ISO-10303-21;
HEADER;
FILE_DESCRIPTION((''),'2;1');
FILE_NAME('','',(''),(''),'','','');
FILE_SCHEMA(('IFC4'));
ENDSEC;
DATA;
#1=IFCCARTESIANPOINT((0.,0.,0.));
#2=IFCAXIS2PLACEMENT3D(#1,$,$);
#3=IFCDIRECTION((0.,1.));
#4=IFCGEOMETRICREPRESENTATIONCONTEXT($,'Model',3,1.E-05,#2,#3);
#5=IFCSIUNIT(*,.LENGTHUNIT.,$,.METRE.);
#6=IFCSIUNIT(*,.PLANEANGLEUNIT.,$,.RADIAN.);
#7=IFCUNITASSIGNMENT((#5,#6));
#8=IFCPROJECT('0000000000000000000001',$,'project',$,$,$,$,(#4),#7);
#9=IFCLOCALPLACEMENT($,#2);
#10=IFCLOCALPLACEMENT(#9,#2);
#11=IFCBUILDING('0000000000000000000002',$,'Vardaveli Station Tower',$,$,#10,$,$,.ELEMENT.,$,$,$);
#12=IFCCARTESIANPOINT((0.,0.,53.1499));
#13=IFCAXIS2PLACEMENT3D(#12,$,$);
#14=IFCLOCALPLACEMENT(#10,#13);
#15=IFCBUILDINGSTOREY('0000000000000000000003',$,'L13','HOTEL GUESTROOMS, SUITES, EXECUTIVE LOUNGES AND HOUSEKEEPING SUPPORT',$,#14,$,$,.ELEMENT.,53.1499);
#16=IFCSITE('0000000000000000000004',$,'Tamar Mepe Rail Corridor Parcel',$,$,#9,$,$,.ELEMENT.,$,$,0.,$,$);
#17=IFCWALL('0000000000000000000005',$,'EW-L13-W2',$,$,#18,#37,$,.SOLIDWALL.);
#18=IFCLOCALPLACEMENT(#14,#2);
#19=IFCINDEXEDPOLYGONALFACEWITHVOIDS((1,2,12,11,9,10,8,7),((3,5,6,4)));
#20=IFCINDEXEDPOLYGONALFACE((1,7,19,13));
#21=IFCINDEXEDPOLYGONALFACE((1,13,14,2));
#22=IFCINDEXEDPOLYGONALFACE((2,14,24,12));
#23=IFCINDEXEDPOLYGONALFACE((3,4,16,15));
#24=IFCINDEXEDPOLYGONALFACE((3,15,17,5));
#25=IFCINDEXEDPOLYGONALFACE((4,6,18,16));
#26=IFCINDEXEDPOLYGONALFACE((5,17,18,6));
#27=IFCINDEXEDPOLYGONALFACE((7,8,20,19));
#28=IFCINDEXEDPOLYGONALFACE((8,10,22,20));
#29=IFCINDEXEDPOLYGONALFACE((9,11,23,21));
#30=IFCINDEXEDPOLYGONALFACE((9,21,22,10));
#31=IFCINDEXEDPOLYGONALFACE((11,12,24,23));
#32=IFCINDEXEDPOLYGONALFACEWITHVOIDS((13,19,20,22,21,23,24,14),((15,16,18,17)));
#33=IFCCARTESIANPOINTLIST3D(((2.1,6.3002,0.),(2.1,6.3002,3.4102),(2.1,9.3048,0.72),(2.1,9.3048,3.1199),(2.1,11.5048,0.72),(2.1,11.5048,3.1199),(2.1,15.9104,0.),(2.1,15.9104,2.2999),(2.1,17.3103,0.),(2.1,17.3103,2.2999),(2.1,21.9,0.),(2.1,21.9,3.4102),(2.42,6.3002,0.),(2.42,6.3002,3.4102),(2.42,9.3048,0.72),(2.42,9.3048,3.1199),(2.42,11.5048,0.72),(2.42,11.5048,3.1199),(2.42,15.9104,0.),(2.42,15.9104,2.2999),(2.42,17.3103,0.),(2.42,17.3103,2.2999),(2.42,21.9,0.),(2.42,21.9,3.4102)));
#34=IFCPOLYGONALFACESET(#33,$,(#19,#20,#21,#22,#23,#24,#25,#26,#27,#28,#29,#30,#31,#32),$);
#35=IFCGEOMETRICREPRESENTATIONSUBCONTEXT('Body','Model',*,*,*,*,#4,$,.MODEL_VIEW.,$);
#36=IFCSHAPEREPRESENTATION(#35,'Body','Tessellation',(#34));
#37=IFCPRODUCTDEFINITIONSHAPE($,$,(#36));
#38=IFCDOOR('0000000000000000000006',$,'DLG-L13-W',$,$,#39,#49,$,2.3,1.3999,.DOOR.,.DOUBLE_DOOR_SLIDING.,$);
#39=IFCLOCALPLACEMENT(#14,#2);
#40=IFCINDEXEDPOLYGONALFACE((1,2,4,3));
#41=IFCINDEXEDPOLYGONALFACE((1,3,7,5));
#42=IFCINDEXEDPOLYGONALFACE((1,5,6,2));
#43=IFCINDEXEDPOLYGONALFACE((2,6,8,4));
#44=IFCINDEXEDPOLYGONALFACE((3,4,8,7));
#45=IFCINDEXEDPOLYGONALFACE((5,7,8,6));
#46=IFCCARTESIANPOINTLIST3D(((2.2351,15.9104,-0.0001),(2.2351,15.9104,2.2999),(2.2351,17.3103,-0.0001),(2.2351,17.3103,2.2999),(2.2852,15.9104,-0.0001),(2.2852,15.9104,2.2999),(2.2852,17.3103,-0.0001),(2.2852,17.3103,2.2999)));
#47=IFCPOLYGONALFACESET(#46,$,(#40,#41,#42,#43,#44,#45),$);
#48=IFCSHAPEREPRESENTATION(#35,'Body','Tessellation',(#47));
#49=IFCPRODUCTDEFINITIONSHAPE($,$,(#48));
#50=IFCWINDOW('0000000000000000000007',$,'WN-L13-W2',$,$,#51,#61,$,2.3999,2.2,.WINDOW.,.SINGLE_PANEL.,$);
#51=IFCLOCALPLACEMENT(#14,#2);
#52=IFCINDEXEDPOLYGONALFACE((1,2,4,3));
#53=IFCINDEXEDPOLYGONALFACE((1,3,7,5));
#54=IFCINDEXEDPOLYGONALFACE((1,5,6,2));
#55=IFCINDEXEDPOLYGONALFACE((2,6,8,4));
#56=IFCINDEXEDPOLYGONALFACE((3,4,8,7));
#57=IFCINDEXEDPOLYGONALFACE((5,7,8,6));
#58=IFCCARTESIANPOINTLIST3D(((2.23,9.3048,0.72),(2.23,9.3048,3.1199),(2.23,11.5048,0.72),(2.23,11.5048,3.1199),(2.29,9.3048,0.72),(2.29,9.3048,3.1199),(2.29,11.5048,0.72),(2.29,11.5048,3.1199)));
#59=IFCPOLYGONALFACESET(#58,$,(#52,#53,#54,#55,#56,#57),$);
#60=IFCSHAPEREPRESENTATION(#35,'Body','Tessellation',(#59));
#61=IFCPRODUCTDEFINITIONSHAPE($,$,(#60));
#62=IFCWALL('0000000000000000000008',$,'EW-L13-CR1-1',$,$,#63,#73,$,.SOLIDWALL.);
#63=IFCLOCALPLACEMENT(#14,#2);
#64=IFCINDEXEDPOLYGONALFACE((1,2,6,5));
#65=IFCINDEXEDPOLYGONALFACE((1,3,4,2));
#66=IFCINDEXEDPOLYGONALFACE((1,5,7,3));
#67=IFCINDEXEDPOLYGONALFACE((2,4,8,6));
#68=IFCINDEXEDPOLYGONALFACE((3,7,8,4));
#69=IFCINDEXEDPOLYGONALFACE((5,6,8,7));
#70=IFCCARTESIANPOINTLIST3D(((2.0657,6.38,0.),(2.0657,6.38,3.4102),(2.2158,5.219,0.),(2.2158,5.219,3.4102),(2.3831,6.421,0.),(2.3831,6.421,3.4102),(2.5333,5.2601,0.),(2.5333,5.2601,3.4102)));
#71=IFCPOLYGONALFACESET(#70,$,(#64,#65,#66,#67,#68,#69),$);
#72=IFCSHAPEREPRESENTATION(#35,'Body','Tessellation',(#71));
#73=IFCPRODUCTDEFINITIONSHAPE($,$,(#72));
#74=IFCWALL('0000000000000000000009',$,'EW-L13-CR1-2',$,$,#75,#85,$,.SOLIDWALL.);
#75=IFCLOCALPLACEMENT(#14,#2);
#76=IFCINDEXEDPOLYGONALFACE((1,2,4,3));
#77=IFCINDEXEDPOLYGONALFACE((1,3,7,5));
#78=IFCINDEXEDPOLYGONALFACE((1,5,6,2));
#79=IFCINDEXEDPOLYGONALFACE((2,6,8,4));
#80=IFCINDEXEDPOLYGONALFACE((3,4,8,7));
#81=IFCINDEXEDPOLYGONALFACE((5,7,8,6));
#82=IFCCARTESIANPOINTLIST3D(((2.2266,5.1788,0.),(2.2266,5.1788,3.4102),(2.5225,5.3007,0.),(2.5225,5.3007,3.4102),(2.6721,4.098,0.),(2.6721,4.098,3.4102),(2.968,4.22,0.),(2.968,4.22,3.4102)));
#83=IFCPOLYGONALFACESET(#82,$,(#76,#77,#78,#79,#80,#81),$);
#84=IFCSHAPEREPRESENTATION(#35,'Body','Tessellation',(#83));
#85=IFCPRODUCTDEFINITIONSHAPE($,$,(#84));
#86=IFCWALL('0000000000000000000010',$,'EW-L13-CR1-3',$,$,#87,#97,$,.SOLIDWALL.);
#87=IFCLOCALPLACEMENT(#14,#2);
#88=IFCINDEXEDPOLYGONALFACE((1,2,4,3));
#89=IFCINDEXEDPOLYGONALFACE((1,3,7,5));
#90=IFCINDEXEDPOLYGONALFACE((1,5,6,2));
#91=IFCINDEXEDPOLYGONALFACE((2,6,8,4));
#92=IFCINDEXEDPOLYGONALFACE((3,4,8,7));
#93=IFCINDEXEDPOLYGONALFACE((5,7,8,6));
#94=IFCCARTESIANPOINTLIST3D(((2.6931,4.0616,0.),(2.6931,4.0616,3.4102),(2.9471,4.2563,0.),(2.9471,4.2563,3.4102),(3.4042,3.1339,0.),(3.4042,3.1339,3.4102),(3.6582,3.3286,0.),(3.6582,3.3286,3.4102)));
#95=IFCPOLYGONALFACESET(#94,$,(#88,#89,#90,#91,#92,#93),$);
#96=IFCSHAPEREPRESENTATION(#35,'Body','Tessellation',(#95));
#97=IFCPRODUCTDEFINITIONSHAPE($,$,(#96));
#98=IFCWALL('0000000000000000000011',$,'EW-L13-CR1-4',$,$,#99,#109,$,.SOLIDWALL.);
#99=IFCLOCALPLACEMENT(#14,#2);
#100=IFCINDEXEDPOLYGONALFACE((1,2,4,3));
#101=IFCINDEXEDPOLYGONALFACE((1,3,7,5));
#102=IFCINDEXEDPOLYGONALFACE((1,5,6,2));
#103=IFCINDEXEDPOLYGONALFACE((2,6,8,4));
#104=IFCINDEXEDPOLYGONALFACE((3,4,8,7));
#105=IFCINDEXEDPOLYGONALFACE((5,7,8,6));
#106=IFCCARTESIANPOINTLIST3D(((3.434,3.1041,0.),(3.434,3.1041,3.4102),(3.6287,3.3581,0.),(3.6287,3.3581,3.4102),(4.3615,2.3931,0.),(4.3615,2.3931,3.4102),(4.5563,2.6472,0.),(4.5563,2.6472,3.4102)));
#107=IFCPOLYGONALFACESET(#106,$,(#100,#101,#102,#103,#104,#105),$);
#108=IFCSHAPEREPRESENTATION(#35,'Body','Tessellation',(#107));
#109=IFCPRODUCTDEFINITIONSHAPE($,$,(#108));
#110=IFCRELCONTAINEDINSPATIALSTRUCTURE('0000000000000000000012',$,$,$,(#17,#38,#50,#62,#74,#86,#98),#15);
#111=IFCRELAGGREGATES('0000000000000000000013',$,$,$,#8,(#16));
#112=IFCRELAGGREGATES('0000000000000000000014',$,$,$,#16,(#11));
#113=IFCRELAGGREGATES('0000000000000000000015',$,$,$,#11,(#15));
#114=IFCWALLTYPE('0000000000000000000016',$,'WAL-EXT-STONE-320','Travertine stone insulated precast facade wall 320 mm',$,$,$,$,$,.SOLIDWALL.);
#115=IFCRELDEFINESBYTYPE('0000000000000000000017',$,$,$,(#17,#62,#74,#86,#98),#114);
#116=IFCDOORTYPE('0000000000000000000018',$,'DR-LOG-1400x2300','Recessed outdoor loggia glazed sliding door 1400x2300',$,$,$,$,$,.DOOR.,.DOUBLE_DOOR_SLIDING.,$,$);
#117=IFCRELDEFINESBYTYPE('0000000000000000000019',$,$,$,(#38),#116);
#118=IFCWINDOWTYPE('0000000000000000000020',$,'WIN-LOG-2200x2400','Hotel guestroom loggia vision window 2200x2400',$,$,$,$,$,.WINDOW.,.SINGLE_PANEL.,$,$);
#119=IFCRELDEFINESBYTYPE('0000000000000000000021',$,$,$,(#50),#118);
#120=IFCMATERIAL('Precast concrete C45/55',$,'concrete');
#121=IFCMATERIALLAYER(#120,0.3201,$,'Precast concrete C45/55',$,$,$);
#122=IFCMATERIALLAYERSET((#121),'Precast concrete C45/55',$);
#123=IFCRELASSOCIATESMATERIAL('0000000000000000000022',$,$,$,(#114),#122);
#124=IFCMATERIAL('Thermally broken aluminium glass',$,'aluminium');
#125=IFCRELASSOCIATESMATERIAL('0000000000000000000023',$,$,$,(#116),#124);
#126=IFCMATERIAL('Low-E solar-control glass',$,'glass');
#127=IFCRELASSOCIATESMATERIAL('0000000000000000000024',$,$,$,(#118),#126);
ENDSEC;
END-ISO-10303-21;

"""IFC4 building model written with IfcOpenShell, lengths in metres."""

from ifc_helpers import new_model, si_unit, direction, frame, frame_2d, origin, place, context, subcontext, project, spatial, rectangle, extrude, source, transform, mapped, material, layer, layer_set, type_object, element, fill, save


model = new_model("IFC4")

# Units and contexts
model_context = context("Model", 3, precision=1e-05, world=origin(), true_north=direction((0.0, 1.0)))
body_context = subcontext(model_context, "Body", "Model", "MODEL_VIEW")
ifc_project = project(units=[si_unit("LENGTHUNIT", "METRE"), si_unit("PLANEANGLEUNIT", "RADIAN")], contexts=[model_context])

# Site, building, storey
site_placement = place(None, origin())
site = spatial("IfcSite", under=ifc_project, at=site_placement, Name="Tamar Mepe Rail Corridor Parcel", CompositionType="ELEMENT", RefElevation=0.0)
building_placement = place(site_placement, origin())
building = spatial("IfcBuilding", under=site, at=building_placement, Name="Vardaveli Station Tower", CompositionType="ELEMENT")
storey_placement = place(building_placement, frame((0.0, 0.0, 53.1499)))
storey = spatial("IfcBuildingStorey", under=building, at=storey_placement, Name="L13", Description="HOTEL GUESTROOMS, SUITES, EXECUTIVE LOUNGES AND HOUSEKEEPING SUPPORT", CompositionType="ELEMENT", Elevation=53.1499)

# Shared definitions
ifc_material_1 = material(Name="Precast concrete C45/55", Category="concrete")

# Wall, openings, door, window
ifc_layer_1 = layer(ifc_material_1, 0.3201, Name="Precast concrete C45/55")
ifc_layer_set_1 = layer_set([ifc_layer_1], Name="Precast concrete C45/55")
wall_type_1 = type_object("IfcWallType", Name="WAL-EXT-STONE-320", Description="Travertine stone insulated precast facade wall 320 mm", PredefinedType="SOLIDWALL", material=ifc_layer_set_1)
shared_shape_1 = source(origin(), body_context, "Body", "SweptSolid", [
    extrude(rectangle(XDim=15.5999, YDim=0.3201, at=frame_2d((7.7998, 0.0))), origin(), (0.0, 0.0, 1.0), 3.4102),
])
wall_1_placement = place(storey_placement, frame((2.26, 21.8999, 0.0), z_axis=(0.0, 0.0, 1.0), x_axis=(0.0, -1.0, 0.0)))
wall_1 = element("IfcWall", 1, at=wall_1_placement, inside=storey, type_object=wall_type_1, Name="EW-L13-W2", PredefinedType="SOLIDWALL", context=body_context, shape_type="MappedRepresentation", body=[
    mapped(shared_shape_1, transform((0.0, 0.0, 0.0), scale=1.0)),
])
shared_shape_2 = source(origin(), body_context, "Body", "SweptSolid", [
    extrude(rectangle(XDim=1.3999, YDim=2.3, at=frame_2d((0.7, 1.1499))), frame((0.0, 0.1699, 0.0), z_axis=(0.0, -1.0, 0.0), x_axis=(1.0, 0.0, 0.0)), (0.0, 0.0, 1.0), 0.3401),
])
opening_1_placement = place(wall_1_placement, frame((4.5896, 0.0, 0.0)))
opening_1 = element("IfcOpeningElement", 2, at=opening_1_placement, cuts=wall_1, PredefinedType="OPENING", context=body_context, shape_type="MappedRepresentation", body=[
    mapped(shared_shape_2, transform((0.0, 0.0, 0.0), scale=1.0)),
])
shared_shape_3 = source(origin(), body_context, "Body", "SweptSolid", [
    extrude(rectangle(XDim=2.2, YDim=2.3999, at=frame_2d((1.1001, 1.2))), frame((0.0, 0.1699, 0.0), z_axis=(0.0, -1.0, 0.0), x_axis=(1.0, 0.0, 0.0)), (0.0, 0.0, 1.0), 0.3401),
])
opening_2_placement = place(wall_1_placement, frame((10.395, 0.0, 0.72)))
opening_2 = element("IfcOpeningElement", 3, at=opening_2_placement, cuts=wall_1, PredefinedType="OPENING", context=body_context, shape_type="MappedRepresentation", body=[
    mapped(shared_shape_3, transform((0.0, 0.0, 0.0), scale=1.0)),
])
ifc_material_2 = material(Name="Thermally broken aluminium glass", Category="aluminium")
door_type_1 = type_object("IfcDoorType", Name="DR-LOG-1400x2300", Description="Recessed outdoor loggia glazed sliding door 1400x2300", OperationType="DOUBLE_DOOR_SLIDING", PredefinedType="DOOR", material=ifc_material_2)
shared_shape_4 = source(origin(), body_context, "Body", "SweptSolid", [
    extrude(rectangle(XDim=1.3999, YDim=2.3, at=frame_2d((0.7, 1.1499))), frame((0.0, 0.0249, 0.0), z_axis=(0.0, -1.0, 0.0), x_axis=(1.0, 0.0, 0.0)), (0.0, 0.0, 1.0), 0.05),
])
door_1_placement = place(opening_1_placement, frame((1.3999, 0.0, 0.0), z_axis=(0.0, 0.0, 1.0), x_axis=(-1.0, 0.0, 0.0)))
door_1 = element("IfcDoor", 4, at=door_1_placement, inside=storey, type_object=door_type_1, Name="DLG-L13-W", OperationType="DOUBLE_DOOR_SLIDING", OverallHeight=2.3, OverallWidth=1.3999, PredefinedType="DOOR", context=body_context, shape_type="MappedRepresentation", body=[
    mapped(shared_shape_4, transform((0.0, 0.0, 0.0), scale=1.0)),
])
fill(opening_1, door_1)
ifc_material_3 = material(Name="Low-E solar-control glass", Category="glass")
window_type = type_object("IfcWindowType", Name="WIN-LOG-2200x2400", Description="Hotel guestroom loggia vision window 2200x2400", PartitioningType="SINGLE_PANEL", PredefinedType="WINDOW", material=ifc_material_3)
shared_shape_5 = source(origin(), body_context, "Body", "SweptSolid", [
    extrude(rectangle(XDim=2.2, YDim=2.3999, at=frame_2d((1.1001, 1.2))), frame((0.0, 0.03, 0.0), z_axis=(0.0, -1.0, 0.0), x_axis=(1.0, 0.0, 0.0)), (0.0, 0.0, 1.0), 0.0601),
])
window_placement = place(opening_2_placement, origin())
window = element("IfcWindow", 5, at=window_placement, inside=storey, type_object=window_type, Name="WN-L13-W2", OverallHeight=2.3999, OverallWidth=2.2, PartitioningType="SINGLE_PANEL", PredefinedType="WINDOW", context=body_context, shape_type="MappedRepresentation", body=[
    mapped(shared_shape_5, transform((0.0, 0.0, 0.0), scale=1.0)),
])
fill(opening_2, window)

# Walls
shared_shape_6 = source(origin(), body_context, "Body", "SweptSolid", [
    extrude(rectangle(XDim=1.1707, YDim=0.3201, at=frame_2d((0.5854, 0.0))), origin(), (0.0, 0.0, 1.0), 3.4102),
])
wall_2_placement = place(storey_placement, frame((2.2244, 6.4006, 0.0), z_axis=(0.0, 0.0, 1.0), x_axis=(0.128269, -0.991739, 0.0)))
element("IfcWall", 6, at=wall_2_placement, inside=storey, type_object=wall_type_1, Name="EW-L13-CR1-1", PredefinedType="SOLIDWALL", context=body_context, shape_type="MappedRepresentation", body=[
    mapped(shared_shape_6, transform((0.0, 0.0, 0.0), scale=1.0)),
])
shared_shape_7 = source(origin(), body_context, "Body", "SweptSolid", [
    extrude(rectangle(XDim=1.1689, YDim=0.3201, at=frame_2d((0.5845, 0.0))), origin(), (0.0, 0.0, 1.0), 3.4102),
])
for number, where, z_axis, x_axis, name in (
    (7, (2.3745, 5.2397, 0.0), (0.0, 0.0, 1.0), (0.381128, -0.924522, 0.0), "EW-L13-CR1-2"),
    (8, (2.8201, 4.1589, 0.0), (0.0, 0.0, 1.0), (0.608388, -0.79364, 0.0), "EW-L13-CR1-3"),
):
    element("IfcWall", number, at=place(storey_placement, frame(where, z_axis=z_axis, x_axis=x_axis)), inside=storey, type_object=wall_type_1, Name=name, PredefinedType="SOLIDWALL", context=body_context, shape_type="MappedRepresentation", body=[
        mapped(shared_shape_7, transform((0.0, 0.0, 0.0), scale=1.0)),
    ])
shared_shape_8 = source(origin(), body_context, "Body", "SweptSolid", [
    extrude(rectangle(XDim=1.1687, YDim=0.3201, at=frame_2d((0.5845, 0.0))), origin(), (0.0, 0.0, 1.0), 3.4102),
])
wall_3_placement = place(storey_placement, frame((3.5312, 3.2312, 0.0), z_axis=(0.0, 0.0, 1.0), x_axis=(0.793664, -0.608357, 0.0)))
element("IfcWall", 9, at=wall_3_placement, inside=storey, type_object=wall_type_1, Name="EW-L13-CR1-4", PredefinedType="SOLIDWALL", context=body_context, shape_type="MappedRepresentation", body=[
    mapped(shared_shape_8, transform((0.0, 0.0, 0.0), scale=1.0)),
])

save(model, "model.ifc")
